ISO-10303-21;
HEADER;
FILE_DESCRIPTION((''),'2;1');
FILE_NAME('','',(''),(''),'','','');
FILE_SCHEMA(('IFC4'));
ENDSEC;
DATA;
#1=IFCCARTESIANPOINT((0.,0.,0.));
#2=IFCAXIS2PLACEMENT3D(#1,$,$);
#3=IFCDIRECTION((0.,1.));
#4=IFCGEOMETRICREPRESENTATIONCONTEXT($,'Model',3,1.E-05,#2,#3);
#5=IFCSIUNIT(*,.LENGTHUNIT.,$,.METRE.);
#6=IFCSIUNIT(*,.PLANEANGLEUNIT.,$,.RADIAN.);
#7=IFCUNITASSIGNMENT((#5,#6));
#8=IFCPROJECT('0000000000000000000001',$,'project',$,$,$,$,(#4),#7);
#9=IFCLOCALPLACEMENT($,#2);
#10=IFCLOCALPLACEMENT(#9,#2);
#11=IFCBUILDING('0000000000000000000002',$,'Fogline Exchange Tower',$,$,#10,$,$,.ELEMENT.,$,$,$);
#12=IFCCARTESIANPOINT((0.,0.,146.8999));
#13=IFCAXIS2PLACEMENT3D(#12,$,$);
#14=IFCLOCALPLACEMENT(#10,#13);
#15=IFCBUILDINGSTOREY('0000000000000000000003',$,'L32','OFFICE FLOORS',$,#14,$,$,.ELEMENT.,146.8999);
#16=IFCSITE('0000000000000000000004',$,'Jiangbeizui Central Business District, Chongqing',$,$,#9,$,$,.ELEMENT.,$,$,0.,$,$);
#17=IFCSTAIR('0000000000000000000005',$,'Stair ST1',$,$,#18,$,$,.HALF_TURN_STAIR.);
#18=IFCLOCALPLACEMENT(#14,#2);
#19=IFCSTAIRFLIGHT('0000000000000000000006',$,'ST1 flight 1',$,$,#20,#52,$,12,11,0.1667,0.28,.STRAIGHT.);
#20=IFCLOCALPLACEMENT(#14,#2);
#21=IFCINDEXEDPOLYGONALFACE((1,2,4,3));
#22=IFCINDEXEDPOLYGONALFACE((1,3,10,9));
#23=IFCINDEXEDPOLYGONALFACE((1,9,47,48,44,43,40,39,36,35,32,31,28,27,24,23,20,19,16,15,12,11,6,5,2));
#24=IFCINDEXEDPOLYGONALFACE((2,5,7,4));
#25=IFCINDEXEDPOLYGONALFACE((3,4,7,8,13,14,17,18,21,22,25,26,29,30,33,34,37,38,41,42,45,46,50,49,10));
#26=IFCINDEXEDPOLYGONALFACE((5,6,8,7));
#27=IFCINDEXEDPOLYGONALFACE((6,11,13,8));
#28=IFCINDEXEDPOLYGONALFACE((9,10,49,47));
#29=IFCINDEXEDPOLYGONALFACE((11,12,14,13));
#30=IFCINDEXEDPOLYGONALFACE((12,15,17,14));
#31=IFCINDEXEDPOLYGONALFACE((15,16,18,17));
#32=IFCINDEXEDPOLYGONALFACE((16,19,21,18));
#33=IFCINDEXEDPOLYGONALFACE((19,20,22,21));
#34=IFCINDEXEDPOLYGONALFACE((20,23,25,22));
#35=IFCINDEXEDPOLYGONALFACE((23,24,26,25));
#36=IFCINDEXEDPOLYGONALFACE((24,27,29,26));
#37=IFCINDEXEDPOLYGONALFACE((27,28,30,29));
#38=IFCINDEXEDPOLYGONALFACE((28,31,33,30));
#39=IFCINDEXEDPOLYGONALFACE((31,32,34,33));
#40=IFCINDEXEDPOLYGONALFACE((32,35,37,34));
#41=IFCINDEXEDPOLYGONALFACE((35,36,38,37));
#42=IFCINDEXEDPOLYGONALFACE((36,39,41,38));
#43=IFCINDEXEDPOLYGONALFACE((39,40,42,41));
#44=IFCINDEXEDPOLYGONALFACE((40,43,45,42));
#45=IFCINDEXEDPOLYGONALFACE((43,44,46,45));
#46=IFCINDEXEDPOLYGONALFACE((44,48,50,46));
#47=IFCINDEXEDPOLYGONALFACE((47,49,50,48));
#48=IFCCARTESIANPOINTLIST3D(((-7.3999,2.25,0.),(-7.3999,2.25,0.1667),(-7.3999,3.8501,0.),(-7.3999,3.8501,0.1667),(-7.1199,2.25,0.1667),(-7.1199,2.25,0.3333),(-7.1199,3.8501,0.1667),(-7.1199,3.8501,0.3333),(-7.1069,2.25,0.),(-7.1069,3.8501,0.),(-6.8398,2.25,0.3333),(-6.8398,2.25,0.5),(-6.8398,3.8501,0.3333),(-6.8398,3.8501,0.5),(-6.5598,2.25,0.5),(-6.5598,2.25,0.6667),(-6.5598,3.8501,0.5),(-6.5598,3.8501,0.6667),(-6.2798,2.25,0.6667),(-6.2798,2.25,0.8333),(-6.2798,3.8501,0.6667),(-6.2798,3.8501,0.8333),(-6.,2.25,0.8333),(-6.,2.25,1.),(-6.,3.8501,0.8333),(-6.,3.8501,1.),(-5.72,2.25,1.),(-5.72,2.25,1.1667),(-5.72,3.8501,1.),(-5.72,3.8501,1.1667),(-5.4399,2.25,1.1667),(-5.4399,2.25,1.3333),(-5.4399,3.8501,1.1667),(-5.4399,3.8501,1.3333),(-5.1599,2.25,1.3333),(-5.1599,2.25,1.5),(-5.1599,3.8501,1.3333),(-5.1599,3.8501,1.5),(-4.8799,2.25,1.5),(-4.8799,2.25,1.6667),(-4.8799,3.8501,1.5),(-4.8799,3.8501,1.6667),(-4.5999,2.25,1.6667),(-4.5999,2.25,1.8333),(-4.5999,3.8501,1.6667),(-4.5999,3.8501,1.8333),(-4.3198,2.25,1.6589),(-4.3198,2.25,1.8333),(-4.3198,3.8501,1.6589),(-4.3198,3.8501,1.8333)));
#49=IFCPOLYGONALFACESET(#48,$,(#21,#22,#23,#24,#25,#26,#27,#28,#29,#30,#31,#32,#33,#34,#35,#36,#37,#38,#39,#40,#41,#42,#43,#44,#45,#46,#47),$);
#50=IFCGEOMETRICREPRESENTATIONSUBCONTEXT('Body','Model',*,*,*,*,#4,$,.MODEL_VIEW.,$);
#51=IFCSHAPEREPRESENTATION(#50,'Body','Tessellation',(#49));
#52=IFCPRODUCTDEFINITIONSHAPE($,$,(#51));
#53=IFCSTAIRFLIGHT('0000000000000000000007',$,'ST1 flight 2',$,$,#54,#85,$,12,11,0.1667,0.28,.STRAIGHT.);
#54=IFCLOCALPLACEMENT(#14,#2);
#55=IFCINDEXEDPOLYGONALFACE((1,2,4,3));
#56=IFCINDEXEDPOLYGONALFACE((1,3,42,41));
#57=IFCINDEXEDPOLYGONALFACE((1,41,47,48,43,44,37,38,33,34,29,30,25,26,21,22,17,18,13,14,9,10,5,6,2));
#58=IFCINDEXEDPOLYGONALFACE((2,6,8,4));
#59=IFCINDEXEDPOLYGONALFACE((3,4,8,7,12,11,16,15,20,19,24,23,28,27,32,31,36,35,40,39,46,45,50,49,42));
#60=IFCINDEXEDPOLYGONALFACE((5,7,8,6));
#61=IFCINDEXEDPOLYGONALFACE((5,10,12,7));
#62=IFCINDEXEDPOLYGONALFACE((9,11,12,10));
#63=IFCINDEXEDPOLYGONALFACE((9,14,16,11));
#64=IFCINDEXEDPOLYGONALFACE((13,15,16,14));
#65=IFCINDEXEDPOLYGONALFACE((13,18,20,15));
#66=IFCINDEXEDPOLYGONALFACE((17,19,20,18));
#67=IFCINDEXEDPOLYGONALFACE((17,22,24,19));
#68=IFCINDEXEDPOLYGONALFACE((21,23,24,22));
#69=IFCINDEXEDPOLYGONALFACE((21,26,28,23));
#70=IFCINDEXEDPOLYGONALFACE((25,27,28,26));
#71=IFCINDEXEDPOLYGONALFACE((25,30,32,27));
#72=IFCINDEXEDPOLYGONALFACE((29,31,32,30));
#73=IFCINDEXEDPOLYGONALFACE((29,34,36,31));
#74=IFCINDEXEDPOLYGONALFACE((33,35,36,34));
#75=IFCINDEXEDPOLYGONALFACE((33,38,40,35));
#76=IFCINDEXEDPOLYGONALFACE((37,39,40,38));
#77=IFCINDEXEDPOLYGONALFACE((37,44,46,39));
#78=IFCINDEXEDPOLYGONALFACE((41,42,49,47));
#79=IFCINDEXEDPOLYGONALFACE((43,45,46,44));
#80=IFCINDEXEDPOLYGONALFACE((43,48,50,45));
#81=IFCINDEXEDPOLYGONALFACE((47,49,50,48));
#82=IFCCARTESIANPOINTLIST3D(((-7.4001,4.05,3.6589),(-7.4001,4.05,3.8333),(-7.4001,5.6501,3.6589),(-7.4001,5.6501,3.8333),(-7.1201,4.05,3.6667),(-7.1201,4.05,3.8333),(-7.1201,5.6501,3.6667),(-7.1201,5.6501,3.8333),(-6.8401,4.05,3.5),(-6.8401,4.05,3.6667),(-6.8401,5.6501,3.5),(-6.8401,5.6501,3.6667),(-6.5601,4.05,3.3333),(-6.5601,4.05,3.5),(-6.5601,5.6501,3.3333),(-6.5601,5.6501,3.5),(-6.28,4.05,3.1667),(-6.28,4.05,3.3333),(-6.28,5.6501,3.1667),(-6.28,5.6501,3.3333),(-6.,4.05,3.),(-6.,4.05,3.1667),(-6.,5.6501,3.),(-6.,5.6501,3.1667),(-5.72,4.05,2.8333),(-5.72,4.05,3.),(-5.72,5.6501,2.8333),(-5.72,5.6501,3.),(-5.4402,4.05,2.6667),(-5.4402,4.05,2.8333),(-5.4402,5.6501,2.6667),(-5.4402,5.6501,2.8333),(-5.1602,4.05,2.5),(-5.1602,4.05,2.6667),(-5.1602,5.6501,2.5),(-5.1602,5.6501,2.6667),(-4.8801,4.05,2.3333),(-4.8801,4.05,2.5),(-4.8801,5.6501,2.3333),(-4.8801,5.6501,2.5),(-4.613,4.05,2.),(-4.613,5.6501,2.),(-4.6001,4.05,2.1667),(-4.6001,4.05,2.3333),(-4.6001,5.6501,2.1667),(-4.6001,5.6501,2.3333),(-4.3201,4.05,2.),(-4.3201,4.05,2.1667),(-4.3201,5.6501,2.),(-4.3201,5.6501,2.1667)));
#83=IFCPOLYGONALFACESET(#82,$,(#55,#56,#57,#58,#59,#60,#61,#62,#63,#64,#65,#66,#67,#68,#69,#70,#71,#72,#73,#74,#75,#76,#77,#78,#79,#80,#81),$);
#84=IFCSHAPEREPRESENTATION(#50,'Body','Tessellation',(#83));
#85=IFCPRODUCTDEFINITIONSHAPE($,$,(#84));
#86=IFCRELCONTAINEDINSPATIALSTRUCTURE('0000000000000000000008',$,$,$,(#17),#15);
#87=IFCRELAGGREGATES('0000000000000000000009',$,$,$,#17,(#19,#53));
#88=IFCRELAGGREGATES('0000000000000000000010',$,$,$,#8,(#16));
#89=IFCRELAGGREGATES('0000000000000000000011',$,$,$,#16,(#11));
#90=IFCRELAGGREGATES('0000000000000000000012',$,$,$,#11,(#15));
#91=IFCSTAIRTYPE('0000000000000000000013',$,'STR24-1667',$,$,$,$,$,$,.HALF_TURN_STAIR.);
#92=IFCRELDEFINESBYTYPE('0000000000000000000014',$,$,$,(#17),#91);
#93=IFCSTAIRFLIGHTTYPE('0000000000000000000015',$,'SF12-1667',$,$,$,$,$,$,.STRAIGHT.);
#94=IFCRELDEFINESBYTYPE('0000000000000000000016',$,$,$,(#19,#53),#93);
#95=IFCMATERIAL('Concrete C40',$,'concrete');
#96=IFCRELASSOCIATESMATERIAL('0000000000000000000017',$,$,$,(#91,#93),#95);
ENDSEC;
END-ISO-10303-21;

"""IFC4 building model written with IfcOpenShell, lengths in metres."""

from ifc_helpers import new_model, si_unit, direction, frame, origin, place, context, subcontext, project, spatial, polyline, outline, extrude, material, type_object, element, aggregate, save


model = new_model("IFC4")

# Units and contexts
model_context = context("Model", 3, precision=1e-05, world=origin(), true_north=direction((0.0, 1.0)))
body_context = subcontext(model_context, "Body", "Model", "MODEL_VIEW")
ifc_project = project(units=[si_unit("LENGTHUNIT", "METRE"), si_unit("PLANEANGLEUNIT", "RADIAN")], contexts=[model_context])

# Site, building, storey
site_placement = place(None, origin())
site = spatial("IfcSite", under=ifc_project, at=site_placement, Name="Jiangbeizui Central Business District, Chongqing", CompositionType="ELEMENT", RefElevation=0.0)
building_placement = place(site_placement, origin())
building = spatial("IfcBuilding", under=site, at=building_placement, Name="Fogline Exchange Tower", CompositionType="ELEMENT")
storey_placement = place(building_placement, frame((0.0, 0.0, 146.8999)))
storey = spatial("IfcBuildingStorey", under=building, at=storey_placement, Name="L32", Description="OFFICE FLOORS", CompositionType="ELEMENT", Elevation=146.8999)

# Shared definitions
ifc_material_1 = material(Name="Concrete C40", Category="concrete")

# Stair, stair flights
stair_type = type_object("IfcStairType", Name="STR24-1667", PredefinedType="HALF_TURN_STAIR", material=ifc_material_1)
stair_placement = place(storey_placement, origin())
stair = element("IfcStair", 1, at=stair_placement, inside=storey, type_object=stair_type, Name="Stair ST1", PredefinedType="HALF_TURN_STAIR")
stair_flight_type = type_object("IfcStairFlightType", Name="SF12-1667", PredefinedType="STRAIGHT", material=ifc_material_1)
stair_flight_1_placement = place(storey_placement, frame((-7.3999, 3.05, 0.0), z_axis=(0.0, 0.0, 1.0), x_axis=(1.0, 0.0, 0.0)))
stair_flight_1 = element("IfcStairFlight", 2, at=stair_flight_1_placement, type_object=stair_flight_type, Name="ST1 flight 1", NumberOfRisers=12, NumberOfTreads=11, PredefinedType="STRAIGHT", RiserHeight=0.1667, TreadLength=0.28, context=body_context, shape_type="SweptSolid", body=[
    extrude(outline(polyline([(0.0, 0.0), (0.0, 0.1667), (0.28, 0.1667), (0.28, 0.3333), (0.5601, 0.3333), (0.5601, 0.5), (0.8401, 0.5), (0.8401, 0.6667), (1.1201, 0.6667), (1.1201, 0.8333), (1.3999, 0.8333), (1.3999, 1.0), (1.6799, 1.0), (1.6799, 1.1667), (1.96, 1.1667), (1.96, 1.3333), (2.24, 1.3333), (2.24, 1.5), (2.52, 1.5), (2.52, 1.6667), (2.8, 1.6667), (2.8, 1.8333), (3.0801, 1.8333), (3.0801, 2.0), (3.0801, 1.6589), (0.293, 0.0), (0.0, 0.0)])), frame((0.0, 0.8, 0.0), z_axis=(0.0, -1.0, 0.0), x_axis=(1.0, 0.0, 0.0)), (0.0, 0.0, 1.0), 1.6001),
])
stair_flight_2_placement = place(storey_placement, frame((-4.3201, 4.8501, 2.0), z_axis=(0.0, 0.0, 1.0), x_axis=(-1.0, 0.0, 0.0)))
stair_flight_2 = element("IfcStairFlight", 3, at=stair_flight_2_placement, type_object=stair_flight_type, Name="ST1 flight 2", NumberOfRisers=12, NumberOfTreads=11, PredefinedType="STRAIGHT", RiserHeight=0.1667, TreadLength=0.28, context=body_context, shape_type="SweptSolid", body=[
    extrude(outline(polyline([(0.0, 0.0), (0.0, 0.1667), (0.28, 0.1667), (0.28, 0.3333), (0.5601, 0.3333), (0.5601, 0.5), (0.8401, 0.5), (0.8401, 0.6667), (1.1201, 0.6667), (1.1201, 0.8333), (1.3999, 0.8333), (1.3999, 1.0), (1.6799, 1.0), (1.6799, 1.1667), (1.96, 1.1667), (1.96, 1.3333), (2.24, 1.3333), (2.24, 1.5), (2.52, 1.5), (2.52, 1.6667), (2.8, 1.6667), (2.8, 1.8333), (3.0801, 1.8333), (3.0801, 2.0), (3.0801, 1.6589), (0.293, 0.0), (0.0, 0.0)])), frame((0.0, 0.8, 0.0), z_axis=(0.0, -1.0, 0.0), x_axis=(1.0, 0.0, 0.0)), (0.0, 0.0, 1.0), 1.6001),
])
aggregate(stair, [stair_flight_1, stair_flight_2])

save(model, "model.ifc")
